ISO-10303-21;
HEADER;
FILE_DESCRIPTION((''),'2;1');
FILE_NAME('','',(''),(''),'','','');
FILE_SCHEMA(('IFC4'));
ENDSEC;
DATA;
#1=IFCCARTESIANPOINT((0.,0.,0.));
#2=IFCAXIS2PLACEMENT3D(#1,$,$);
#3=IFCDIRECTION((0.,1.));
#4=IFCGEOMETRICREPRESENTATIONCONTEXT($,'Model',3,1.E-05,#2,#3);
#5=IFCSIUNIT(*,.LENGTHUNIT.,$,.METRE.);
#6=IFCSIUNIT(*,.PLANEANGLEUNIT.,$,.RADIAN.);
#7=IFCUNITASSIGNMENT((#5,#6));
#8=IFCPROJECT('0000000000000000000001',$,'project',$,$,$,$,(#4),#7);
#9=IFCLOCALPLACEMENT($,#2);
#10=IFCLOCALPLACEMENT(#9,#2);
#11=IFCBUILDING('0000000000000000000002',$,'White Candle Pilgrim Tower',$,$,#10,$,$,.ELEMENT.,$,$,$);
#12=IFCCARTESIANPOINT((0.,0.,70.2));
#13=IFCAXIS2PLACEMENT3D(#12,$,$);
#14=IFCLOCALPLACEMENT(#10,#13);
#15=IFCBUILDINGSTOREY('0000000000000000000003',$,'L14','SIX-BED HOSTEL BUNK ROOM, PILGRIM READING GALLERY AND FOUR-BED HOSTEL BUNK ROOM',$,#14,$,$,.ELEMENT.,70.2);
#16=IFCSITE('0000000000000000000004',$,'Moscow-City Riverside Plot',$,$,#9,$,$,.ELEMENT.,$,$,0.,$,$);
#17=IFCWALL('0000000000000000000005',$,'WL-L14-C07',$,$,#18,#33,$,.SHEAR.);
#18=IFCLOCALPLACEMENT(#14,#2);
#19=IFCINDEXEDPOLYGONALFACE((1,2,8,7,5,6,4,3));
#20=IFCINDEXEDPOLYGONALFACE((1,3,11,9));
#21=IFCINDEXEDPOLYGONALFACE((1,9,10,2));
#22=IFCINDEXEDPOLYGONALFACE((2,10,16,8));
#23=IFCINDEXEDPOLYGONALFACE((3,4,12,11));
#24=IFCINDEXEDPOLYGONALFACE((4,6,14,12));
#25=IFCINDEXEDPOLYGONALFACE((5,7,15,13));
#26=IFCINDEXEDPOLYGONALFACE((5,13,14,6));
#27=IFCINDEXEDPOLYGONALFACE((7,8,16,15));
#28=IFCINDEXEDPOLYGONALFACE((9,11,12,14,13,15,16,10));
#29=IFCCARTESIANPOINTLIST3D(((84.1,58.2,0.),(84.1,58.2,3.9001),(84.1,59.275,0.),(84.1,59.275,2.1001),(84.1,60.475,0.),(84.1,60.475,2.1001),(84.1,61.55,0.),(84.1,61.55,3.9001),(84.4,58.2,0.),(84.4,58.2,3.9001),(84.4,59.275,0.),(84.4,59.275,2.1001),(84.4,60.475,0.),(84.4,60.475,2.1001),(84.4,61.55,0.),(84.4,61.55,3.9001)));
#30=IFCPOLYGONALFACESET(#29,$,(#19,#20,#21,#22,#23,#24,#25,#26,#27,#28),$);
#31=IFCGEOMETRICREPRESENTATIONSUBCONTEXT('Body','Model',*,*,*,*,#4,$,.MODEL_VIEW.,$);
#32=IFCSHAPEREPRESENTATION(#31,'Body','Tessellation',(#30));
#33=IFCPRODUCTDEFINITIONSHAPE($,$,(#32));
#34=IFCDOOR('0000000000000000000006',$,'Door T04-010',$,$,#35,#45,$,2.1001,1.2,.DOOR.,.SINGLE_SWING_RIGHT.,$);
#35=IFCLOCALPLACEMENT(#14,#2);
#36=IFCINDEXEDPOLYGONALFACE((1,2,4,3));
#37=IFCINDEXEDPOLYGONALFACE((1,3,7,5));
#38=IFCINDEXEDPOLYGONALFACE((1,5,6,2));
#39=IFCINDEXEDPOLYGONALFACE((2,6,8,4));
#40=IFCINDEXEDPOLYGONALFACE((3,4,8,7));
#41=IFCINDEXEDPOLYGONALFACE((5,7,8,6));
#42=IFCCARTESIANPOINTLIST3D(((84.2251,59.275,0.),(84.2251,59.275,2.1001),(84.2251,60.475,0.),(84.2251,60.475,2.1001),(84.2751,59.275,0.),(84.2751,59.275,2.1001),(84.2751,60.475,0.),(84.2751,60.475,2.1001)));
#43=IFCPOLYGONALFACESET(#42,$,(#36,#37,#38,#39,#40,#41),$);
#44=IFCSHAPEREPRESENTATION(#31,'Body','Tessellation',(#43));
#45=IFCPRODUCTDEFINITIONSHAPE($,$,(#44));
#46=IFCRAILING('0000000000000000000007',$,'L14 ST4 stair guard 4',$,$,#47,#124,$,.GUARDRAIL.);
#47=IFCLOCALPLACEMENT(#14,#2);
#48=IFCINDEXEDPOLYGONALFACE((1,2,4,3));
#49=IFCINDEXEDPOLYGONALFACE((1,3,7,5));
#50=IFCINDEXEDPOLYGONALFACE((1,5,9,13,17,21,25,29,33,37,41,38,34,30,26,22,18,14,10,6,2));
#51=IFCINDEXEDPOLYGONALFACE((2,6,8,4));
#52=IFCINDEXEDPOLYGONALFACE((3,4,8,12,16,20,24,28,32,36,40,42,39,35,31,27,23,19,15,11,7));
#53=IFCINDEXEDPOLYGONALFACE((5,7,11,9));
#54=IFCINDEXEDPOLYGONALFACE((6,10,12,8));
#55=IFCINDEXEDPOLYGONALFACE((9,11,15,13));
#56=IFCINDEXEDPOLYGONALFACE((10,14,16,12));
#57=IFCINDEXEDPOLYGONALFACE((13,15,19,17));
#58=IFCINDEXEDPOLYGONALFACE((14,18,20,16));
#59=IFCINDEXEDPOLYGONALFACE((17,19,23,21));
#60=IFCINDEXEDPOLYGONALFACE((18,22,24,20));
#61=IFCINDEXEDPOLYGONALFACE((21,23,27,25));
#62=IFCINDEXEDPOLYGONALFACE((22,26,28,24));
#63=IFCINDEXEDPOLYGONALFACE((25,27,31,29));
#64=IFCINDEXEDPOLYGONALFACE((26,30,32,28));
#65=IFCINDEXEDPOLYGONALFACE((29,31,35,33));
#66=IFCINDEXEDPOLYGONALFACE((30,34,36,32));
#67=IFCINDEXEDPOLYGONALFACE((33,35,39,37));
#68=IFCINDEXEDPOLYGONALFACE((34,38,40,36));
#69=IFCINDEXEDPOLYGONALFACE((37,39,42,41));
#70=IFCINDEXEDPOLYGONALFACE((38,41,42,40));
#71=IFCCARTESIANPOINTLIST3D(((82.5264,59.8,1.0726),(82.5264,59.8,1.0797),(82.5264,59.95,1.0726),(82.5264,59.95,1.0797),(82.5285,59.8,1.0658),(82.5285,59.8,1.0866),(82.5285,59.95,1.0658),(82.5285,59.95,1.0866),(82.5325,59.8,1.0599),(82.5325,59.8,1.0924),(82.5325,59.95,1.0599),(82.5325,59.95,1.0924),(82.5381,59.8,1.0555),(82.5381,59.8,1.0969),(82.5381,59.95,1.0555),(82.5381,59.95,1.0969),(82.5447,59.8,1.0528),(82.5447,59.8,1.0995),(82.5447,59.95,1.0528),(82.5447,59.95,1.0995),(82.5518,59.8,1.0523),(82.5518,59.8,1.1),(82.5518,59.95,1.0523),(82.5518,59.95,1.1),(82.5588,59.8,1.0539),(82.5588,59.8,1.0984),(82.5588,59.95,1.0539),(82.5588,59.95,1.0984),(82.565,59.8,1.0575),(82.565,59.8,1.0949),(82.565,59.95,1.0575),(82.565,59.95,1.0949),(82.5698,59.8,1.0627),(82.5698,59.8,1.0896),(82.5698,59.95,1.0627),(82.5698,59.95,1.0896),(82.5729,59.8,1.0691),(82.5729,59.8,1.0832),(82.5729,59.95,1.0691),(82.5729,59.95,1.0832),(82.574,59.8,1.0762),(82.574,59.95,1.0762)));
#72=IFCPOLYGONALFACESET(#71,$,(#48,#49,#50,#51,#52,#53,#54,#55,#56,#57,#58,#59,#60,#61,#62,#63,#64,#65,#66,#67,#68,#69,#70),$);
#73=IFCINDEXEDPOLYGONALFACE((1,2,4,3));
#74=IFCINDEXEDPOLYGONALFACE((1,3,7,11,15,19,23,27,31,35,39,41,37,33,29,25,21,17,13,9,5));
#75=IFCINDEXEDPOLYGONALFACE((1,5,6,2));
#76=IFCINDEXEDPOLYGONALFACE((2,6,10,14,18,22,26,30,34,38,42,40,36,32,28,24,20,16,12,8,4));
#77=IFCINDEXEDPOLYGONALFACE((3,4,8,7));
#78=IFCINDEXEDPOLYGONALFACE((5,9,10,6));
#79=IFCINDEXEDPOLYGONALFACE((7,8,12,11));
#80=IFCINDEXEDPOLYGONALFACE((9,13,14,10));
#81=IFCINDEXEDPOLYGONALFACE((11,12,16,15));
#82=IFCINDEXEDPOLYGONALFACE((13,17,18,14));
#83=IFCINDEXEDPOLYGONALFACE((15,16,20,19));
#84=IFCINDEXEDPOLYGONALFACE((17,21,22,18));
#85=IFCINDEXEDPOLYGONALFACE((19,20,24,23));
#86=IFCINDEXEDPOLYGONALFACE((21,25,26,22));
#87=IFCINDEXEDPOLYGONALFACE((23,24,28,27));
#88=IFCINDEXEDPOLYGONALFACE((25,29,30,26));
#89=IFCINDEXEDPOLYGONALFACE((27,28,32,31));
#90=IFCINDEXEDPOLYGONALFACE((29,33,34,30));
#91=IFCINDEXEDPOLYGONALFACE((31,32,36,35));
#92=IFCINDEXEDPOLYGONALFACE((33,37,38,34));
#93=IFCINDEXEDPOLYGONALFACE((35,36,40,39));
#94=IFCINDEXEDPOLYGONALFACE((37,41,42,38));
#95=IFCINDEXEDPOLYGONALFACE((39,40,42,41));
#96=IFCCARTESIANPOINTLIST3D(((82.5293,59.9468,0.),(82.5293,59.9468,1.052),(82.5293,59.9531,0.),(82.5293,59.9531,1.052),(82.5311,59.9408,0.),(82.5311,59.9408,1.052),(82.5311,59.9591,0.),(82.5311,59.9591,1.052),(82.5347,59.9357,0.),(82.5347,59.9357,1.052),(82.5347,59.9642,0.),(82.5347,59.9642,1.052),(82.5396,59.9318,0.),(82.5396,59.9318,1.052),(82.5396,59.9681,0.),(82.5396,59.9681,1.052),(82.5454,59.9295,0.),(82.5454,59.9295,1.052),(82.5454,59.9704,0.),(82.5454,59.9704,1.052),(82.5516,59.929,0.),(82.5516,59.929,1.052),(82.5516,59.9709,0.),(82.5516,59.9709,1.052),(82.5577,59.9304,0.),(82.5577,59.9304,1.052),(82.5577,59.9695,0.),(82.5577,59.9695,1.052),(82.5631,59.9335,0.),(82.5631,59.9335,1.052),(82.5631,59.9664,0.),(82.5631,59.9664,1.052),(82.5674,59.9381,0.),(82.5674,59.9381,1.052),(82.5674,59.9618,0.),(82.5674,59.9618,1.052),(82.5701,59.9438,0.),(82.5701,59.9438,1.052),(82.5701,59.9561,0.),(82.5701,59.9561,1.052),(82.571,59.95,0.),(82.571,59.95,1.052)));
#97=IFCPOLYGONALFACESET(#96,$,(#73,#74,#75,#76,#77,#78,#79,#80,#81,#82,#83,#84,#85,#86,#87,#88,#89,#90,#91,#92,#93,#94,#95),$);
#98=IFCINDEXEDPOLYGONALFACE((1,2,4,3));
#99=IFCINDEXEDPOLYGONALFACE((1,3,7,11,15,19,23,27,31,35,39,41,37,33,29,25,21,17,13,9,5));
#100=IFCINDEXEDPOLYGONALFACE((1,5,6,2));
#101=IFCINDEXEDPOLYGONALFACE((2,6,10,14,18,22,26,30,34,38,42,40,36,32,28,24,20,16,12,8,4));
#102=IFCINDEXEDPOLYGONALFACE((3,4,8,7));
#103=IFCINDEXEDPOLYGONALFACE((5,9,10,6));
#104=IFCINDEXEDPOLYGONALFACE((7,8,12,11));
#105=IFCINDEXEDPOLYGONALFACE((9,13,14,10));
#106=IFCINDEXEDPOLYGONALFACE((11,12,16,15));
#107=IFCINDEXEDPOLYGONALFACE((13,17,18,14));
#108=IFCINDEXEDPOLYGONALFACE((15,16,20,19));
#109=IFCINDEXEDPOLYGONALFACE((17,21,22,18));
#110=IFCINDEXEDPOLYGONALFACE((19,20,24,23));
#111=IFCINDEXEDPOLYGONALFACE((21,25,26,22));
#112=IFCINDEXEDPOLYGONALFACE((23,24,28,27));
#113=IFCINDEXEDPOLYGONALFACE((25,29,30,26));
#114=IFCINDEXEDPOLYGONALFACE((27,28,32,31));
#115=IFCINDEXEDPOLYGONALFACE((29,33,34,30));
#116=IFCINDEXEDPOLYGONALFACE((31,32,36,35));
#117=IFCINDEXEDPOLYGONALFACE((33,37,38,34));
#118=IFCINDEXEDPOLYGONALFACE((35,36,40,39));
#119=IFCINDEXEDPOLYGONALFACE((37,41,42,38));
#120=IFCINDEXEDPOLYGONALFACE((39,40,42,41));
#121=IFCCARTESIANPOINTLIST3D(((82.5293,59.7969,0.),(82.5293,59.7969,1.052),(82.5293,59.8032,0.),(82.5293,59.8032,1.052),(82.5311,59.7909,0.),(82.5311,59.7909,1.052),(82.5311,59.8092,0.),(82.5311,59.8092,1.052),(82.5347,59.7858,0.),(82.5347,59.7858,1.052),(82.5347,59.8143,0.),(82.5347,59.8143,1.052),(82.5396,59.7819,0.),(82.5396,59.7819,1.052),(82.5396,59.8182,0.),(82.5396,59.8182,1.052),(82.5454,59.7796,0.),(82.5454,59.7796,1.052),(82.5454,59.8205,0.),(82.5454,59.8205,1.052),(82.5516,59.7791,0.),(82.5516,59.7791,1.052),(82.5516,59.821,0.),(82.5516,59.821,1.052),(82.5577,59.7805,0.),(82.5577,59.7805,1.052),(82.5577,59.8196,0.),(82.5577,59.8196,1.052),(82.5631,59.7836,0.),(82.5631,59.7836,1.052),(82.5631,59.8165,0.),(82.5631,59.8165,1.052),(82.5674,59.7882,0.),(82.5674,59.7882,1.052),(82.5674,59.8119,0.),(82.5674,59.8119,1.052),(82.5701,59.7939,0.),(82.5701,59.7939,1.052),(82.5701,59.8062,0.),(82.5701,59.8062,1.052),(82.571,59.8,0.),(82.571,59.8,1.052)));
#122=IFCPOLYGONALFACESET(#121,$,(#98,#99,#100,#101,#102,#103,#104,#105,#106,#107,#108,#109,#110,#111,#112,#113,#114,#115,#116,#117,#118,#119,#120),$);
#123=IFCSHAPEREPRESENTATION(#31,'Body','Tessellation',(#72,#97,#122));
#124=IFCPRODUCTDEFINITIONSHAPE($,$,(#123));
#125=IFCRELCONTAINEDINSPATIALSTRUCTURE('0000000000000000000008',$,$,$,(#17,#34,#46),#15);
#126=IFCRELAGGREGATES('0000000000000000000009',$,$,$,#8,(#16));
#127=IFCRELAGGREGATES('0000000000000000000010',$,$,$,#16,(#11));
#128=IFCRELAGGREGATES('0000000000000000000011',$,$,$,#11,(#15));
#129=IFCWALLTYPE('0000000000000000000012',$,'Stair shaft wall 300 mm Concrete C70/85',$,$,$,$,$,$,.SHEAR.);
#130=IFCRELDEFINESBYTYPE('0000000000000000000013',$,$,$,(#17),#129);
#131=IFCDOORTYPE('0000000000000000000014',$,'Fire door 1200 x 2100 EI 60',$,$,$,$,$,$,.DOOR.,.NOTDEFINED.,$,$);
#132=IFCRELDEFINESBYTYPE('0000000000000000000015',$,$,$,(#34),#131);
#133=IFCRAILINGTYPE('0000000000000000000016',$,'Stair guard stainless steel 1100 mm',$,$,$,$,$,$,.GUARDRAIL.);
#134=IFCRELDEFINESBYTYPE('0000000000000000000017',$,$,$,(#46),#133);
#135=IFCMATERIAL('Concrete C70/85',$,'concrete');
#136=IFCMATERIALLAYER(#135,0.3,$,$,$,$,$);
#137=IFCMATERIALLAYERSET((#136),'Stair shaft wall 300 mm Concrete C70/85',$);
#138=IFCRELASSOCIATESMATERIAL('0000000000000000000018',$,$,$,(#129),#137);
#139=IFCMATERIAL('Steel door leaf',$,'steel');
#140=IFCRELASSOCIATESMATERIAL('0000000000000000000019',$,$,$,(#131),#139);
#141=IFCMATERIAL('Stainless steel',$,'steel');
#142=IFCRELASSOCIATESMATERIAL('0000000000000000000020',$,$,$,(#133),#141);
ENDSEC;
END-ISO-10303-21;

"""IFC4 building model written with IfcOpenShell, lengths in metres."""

from ifc_helpers import new_model, si_unit, direction, frame, frame_2d, origin, origin_2d, place, context, subcontext, project, spatial, rectangle, circle, extrude, material, layer, layer_set, type_object, element, fill, save


model = new_model("IFC4")

# Units and contexts
model_context = context("Model", 3, precision=1e-05, world=origin(), true_north=direction((0.0, 1.0)))
body_context = subcontext(model_context, "Body", "Model", "MODEL_VIEW")
ifc_project = project(units=[si_unit("LENGTHUNIT", "METRE"), si_unit("PLANEANGLEUNIT", "RADIAN")], contexts=[model_context])

# Site, building, storey
site_placement = place(None, origin())
site = spatial("IfcSite", under=ifc_project, at=site_placement, Name="Moscow-City Riverside Plot", CompositionType="ELEMENT", RefElevation=0.0)
building_placement = place(site_placement, origin())
building = spatial("IfcBuilding", under=site, at=building_placement, Name="White Candle Pilgrim Tower", CompositionType="ELEMENT")
storey_placement = place(building_placement, frame((0.0, 0.0, 70.2)))
storey = spatial("IfcBuildingStorey", under=building, at=storey_placement, Name="L14", Description="SIX-BED HOSTEL BUNK ROOM, PILGRIM READING GALLERY AND FOUR-BED HOSTEL BUNK ROOM", CompositionType="ELEMENT", Elevation=70.2)

# Shared definitions
ifc_material_1 = material(Name="Concrete C70/85", Category="concrete")

# Shared definitions
ifc_material_2 = material(Name="Steel door leaf", Category="steel")

# Wall, opening, door
ifc_layer_1 = layer(ifc_material_1, 0.3)
ifc_layer_set_1 = layer_set([ifc_layer_1], Name="Stair shaft wall 300 mm Concrete C70/85")
wall_type_1 = type_object("IfcWallType", Name="Stair shaft wall 300 mm Concrete C70/85", PredefinedType="SHEAR", material=ifc_layer_set_1)
wall_1_placement = place(storey_placement, frame((84.25, 58.2, 0.0), z_axis=(0.0, 0.0, 1.0), x_axis=(0.0, 1.0, 0.0)))
wall_1 = element("IfcWall", 1, at=wall_1_placement, inside=storey, type_object=wall_type_1, Name="WL-L14-C07", PredefinedType="SHEAR", context=body_context, shape_type="SweptSolid", body=[
    extrude(rectangle(XDim=3.3501, YDim=0.3, at=frame_2d((1.675, 0.0))), origin(), (0.0, 0.0, 1.0), 3.9001),
])
opening_1_placement = place(wall_1_placement, frame((1.075, 0.0, 0.0)))
opening_1 = element("IfcOpeningElement", 2, at=opening_1_placement, cuts=wall_1, PredefinedType="OPENING", context=body_context, shape_type="SweptSolid", body=[
    extrude(rectangle(XDim=1.2, YDim=2.1001, at=frame_2d((0.6001, 1.05))), frame((0.0, 0.1599, 0.0), z_axis=(0.0, -1.0, 0.0), x_axis=(1.0, 0.0, 0.0)), (0.0, 0.0, 1.0), 0.3201),
])
door_type_1 = type_object("IfcDoorType", Name="Fire door 1200 x 2100 EI 60", OperationType="NOTDEFINED", PredefinedType="DOOR", material=ifc_material_2)
door_1_placement = place(opening_1_placement, origin())
door_1 = element("IfcDoor", 3, at=door_1_placement, inside=storey, type_object=door_type_1, Name="Door T04-010", OperationType="SINGLE_SWING_RIGHT", OverallHeight=2.1001, OverallWidth=1.2, PredefinedType="DOOR", context=body_context, shape_type="SweptSolid", body=[
    extrude(rectangle(XDim=1.2, YDim=2.1001, at=frame_2d((0.6001, 1.05))), frame((0.0, 0.0249, 0.0), z_axis=(0.0, -1.0, 0.0), x_axis=(1.0, 0.0, 0.0)), (0.0, 0.0, 1.0), 0.05),
])
fill(opening_1, door_1)

# Railing
ifc_material_3 = material(Name="Stainless steel", Category="steel")
railing_type = type_object("IfcRailingType", Name="Stair guard stainless steel 1100 mm", PredefinedType="GUARDRAIL", material=ifc_material_3)
railing_placement = place(storey_placement, frame((82.55, 59.95, 0.0)))
element("IfcRailing", 4, at=railing_placement, inside=storey, type_object=railing_type, Name="L14 ST4 stair guard 4", PredefinedType="GUARDRAIL", context=body_context, shape_type="SweptSolid", body=[
    extrude(circle(Radius=0.0239, at=origin_2d()), frame((0.0, 0.0, 1.0762), z_axis=(0.0, -1.0, 0.0), x_axis=(1.0, 0.0, 0.0)), (0.0, 0.0, 1.0), 0.1499),
    extrude(circle(Radius=0.021, at=origin_2d()), origin(), (0.0, 0.0, 1.0), 1.052),
    extrude(circle(Radius=0.021, at=origin_2d()), frame((0.0, -0.1499, 0.0)), (0.0, 0.0, 1.0), 1.052),
])

save(model, "model.ifc")
